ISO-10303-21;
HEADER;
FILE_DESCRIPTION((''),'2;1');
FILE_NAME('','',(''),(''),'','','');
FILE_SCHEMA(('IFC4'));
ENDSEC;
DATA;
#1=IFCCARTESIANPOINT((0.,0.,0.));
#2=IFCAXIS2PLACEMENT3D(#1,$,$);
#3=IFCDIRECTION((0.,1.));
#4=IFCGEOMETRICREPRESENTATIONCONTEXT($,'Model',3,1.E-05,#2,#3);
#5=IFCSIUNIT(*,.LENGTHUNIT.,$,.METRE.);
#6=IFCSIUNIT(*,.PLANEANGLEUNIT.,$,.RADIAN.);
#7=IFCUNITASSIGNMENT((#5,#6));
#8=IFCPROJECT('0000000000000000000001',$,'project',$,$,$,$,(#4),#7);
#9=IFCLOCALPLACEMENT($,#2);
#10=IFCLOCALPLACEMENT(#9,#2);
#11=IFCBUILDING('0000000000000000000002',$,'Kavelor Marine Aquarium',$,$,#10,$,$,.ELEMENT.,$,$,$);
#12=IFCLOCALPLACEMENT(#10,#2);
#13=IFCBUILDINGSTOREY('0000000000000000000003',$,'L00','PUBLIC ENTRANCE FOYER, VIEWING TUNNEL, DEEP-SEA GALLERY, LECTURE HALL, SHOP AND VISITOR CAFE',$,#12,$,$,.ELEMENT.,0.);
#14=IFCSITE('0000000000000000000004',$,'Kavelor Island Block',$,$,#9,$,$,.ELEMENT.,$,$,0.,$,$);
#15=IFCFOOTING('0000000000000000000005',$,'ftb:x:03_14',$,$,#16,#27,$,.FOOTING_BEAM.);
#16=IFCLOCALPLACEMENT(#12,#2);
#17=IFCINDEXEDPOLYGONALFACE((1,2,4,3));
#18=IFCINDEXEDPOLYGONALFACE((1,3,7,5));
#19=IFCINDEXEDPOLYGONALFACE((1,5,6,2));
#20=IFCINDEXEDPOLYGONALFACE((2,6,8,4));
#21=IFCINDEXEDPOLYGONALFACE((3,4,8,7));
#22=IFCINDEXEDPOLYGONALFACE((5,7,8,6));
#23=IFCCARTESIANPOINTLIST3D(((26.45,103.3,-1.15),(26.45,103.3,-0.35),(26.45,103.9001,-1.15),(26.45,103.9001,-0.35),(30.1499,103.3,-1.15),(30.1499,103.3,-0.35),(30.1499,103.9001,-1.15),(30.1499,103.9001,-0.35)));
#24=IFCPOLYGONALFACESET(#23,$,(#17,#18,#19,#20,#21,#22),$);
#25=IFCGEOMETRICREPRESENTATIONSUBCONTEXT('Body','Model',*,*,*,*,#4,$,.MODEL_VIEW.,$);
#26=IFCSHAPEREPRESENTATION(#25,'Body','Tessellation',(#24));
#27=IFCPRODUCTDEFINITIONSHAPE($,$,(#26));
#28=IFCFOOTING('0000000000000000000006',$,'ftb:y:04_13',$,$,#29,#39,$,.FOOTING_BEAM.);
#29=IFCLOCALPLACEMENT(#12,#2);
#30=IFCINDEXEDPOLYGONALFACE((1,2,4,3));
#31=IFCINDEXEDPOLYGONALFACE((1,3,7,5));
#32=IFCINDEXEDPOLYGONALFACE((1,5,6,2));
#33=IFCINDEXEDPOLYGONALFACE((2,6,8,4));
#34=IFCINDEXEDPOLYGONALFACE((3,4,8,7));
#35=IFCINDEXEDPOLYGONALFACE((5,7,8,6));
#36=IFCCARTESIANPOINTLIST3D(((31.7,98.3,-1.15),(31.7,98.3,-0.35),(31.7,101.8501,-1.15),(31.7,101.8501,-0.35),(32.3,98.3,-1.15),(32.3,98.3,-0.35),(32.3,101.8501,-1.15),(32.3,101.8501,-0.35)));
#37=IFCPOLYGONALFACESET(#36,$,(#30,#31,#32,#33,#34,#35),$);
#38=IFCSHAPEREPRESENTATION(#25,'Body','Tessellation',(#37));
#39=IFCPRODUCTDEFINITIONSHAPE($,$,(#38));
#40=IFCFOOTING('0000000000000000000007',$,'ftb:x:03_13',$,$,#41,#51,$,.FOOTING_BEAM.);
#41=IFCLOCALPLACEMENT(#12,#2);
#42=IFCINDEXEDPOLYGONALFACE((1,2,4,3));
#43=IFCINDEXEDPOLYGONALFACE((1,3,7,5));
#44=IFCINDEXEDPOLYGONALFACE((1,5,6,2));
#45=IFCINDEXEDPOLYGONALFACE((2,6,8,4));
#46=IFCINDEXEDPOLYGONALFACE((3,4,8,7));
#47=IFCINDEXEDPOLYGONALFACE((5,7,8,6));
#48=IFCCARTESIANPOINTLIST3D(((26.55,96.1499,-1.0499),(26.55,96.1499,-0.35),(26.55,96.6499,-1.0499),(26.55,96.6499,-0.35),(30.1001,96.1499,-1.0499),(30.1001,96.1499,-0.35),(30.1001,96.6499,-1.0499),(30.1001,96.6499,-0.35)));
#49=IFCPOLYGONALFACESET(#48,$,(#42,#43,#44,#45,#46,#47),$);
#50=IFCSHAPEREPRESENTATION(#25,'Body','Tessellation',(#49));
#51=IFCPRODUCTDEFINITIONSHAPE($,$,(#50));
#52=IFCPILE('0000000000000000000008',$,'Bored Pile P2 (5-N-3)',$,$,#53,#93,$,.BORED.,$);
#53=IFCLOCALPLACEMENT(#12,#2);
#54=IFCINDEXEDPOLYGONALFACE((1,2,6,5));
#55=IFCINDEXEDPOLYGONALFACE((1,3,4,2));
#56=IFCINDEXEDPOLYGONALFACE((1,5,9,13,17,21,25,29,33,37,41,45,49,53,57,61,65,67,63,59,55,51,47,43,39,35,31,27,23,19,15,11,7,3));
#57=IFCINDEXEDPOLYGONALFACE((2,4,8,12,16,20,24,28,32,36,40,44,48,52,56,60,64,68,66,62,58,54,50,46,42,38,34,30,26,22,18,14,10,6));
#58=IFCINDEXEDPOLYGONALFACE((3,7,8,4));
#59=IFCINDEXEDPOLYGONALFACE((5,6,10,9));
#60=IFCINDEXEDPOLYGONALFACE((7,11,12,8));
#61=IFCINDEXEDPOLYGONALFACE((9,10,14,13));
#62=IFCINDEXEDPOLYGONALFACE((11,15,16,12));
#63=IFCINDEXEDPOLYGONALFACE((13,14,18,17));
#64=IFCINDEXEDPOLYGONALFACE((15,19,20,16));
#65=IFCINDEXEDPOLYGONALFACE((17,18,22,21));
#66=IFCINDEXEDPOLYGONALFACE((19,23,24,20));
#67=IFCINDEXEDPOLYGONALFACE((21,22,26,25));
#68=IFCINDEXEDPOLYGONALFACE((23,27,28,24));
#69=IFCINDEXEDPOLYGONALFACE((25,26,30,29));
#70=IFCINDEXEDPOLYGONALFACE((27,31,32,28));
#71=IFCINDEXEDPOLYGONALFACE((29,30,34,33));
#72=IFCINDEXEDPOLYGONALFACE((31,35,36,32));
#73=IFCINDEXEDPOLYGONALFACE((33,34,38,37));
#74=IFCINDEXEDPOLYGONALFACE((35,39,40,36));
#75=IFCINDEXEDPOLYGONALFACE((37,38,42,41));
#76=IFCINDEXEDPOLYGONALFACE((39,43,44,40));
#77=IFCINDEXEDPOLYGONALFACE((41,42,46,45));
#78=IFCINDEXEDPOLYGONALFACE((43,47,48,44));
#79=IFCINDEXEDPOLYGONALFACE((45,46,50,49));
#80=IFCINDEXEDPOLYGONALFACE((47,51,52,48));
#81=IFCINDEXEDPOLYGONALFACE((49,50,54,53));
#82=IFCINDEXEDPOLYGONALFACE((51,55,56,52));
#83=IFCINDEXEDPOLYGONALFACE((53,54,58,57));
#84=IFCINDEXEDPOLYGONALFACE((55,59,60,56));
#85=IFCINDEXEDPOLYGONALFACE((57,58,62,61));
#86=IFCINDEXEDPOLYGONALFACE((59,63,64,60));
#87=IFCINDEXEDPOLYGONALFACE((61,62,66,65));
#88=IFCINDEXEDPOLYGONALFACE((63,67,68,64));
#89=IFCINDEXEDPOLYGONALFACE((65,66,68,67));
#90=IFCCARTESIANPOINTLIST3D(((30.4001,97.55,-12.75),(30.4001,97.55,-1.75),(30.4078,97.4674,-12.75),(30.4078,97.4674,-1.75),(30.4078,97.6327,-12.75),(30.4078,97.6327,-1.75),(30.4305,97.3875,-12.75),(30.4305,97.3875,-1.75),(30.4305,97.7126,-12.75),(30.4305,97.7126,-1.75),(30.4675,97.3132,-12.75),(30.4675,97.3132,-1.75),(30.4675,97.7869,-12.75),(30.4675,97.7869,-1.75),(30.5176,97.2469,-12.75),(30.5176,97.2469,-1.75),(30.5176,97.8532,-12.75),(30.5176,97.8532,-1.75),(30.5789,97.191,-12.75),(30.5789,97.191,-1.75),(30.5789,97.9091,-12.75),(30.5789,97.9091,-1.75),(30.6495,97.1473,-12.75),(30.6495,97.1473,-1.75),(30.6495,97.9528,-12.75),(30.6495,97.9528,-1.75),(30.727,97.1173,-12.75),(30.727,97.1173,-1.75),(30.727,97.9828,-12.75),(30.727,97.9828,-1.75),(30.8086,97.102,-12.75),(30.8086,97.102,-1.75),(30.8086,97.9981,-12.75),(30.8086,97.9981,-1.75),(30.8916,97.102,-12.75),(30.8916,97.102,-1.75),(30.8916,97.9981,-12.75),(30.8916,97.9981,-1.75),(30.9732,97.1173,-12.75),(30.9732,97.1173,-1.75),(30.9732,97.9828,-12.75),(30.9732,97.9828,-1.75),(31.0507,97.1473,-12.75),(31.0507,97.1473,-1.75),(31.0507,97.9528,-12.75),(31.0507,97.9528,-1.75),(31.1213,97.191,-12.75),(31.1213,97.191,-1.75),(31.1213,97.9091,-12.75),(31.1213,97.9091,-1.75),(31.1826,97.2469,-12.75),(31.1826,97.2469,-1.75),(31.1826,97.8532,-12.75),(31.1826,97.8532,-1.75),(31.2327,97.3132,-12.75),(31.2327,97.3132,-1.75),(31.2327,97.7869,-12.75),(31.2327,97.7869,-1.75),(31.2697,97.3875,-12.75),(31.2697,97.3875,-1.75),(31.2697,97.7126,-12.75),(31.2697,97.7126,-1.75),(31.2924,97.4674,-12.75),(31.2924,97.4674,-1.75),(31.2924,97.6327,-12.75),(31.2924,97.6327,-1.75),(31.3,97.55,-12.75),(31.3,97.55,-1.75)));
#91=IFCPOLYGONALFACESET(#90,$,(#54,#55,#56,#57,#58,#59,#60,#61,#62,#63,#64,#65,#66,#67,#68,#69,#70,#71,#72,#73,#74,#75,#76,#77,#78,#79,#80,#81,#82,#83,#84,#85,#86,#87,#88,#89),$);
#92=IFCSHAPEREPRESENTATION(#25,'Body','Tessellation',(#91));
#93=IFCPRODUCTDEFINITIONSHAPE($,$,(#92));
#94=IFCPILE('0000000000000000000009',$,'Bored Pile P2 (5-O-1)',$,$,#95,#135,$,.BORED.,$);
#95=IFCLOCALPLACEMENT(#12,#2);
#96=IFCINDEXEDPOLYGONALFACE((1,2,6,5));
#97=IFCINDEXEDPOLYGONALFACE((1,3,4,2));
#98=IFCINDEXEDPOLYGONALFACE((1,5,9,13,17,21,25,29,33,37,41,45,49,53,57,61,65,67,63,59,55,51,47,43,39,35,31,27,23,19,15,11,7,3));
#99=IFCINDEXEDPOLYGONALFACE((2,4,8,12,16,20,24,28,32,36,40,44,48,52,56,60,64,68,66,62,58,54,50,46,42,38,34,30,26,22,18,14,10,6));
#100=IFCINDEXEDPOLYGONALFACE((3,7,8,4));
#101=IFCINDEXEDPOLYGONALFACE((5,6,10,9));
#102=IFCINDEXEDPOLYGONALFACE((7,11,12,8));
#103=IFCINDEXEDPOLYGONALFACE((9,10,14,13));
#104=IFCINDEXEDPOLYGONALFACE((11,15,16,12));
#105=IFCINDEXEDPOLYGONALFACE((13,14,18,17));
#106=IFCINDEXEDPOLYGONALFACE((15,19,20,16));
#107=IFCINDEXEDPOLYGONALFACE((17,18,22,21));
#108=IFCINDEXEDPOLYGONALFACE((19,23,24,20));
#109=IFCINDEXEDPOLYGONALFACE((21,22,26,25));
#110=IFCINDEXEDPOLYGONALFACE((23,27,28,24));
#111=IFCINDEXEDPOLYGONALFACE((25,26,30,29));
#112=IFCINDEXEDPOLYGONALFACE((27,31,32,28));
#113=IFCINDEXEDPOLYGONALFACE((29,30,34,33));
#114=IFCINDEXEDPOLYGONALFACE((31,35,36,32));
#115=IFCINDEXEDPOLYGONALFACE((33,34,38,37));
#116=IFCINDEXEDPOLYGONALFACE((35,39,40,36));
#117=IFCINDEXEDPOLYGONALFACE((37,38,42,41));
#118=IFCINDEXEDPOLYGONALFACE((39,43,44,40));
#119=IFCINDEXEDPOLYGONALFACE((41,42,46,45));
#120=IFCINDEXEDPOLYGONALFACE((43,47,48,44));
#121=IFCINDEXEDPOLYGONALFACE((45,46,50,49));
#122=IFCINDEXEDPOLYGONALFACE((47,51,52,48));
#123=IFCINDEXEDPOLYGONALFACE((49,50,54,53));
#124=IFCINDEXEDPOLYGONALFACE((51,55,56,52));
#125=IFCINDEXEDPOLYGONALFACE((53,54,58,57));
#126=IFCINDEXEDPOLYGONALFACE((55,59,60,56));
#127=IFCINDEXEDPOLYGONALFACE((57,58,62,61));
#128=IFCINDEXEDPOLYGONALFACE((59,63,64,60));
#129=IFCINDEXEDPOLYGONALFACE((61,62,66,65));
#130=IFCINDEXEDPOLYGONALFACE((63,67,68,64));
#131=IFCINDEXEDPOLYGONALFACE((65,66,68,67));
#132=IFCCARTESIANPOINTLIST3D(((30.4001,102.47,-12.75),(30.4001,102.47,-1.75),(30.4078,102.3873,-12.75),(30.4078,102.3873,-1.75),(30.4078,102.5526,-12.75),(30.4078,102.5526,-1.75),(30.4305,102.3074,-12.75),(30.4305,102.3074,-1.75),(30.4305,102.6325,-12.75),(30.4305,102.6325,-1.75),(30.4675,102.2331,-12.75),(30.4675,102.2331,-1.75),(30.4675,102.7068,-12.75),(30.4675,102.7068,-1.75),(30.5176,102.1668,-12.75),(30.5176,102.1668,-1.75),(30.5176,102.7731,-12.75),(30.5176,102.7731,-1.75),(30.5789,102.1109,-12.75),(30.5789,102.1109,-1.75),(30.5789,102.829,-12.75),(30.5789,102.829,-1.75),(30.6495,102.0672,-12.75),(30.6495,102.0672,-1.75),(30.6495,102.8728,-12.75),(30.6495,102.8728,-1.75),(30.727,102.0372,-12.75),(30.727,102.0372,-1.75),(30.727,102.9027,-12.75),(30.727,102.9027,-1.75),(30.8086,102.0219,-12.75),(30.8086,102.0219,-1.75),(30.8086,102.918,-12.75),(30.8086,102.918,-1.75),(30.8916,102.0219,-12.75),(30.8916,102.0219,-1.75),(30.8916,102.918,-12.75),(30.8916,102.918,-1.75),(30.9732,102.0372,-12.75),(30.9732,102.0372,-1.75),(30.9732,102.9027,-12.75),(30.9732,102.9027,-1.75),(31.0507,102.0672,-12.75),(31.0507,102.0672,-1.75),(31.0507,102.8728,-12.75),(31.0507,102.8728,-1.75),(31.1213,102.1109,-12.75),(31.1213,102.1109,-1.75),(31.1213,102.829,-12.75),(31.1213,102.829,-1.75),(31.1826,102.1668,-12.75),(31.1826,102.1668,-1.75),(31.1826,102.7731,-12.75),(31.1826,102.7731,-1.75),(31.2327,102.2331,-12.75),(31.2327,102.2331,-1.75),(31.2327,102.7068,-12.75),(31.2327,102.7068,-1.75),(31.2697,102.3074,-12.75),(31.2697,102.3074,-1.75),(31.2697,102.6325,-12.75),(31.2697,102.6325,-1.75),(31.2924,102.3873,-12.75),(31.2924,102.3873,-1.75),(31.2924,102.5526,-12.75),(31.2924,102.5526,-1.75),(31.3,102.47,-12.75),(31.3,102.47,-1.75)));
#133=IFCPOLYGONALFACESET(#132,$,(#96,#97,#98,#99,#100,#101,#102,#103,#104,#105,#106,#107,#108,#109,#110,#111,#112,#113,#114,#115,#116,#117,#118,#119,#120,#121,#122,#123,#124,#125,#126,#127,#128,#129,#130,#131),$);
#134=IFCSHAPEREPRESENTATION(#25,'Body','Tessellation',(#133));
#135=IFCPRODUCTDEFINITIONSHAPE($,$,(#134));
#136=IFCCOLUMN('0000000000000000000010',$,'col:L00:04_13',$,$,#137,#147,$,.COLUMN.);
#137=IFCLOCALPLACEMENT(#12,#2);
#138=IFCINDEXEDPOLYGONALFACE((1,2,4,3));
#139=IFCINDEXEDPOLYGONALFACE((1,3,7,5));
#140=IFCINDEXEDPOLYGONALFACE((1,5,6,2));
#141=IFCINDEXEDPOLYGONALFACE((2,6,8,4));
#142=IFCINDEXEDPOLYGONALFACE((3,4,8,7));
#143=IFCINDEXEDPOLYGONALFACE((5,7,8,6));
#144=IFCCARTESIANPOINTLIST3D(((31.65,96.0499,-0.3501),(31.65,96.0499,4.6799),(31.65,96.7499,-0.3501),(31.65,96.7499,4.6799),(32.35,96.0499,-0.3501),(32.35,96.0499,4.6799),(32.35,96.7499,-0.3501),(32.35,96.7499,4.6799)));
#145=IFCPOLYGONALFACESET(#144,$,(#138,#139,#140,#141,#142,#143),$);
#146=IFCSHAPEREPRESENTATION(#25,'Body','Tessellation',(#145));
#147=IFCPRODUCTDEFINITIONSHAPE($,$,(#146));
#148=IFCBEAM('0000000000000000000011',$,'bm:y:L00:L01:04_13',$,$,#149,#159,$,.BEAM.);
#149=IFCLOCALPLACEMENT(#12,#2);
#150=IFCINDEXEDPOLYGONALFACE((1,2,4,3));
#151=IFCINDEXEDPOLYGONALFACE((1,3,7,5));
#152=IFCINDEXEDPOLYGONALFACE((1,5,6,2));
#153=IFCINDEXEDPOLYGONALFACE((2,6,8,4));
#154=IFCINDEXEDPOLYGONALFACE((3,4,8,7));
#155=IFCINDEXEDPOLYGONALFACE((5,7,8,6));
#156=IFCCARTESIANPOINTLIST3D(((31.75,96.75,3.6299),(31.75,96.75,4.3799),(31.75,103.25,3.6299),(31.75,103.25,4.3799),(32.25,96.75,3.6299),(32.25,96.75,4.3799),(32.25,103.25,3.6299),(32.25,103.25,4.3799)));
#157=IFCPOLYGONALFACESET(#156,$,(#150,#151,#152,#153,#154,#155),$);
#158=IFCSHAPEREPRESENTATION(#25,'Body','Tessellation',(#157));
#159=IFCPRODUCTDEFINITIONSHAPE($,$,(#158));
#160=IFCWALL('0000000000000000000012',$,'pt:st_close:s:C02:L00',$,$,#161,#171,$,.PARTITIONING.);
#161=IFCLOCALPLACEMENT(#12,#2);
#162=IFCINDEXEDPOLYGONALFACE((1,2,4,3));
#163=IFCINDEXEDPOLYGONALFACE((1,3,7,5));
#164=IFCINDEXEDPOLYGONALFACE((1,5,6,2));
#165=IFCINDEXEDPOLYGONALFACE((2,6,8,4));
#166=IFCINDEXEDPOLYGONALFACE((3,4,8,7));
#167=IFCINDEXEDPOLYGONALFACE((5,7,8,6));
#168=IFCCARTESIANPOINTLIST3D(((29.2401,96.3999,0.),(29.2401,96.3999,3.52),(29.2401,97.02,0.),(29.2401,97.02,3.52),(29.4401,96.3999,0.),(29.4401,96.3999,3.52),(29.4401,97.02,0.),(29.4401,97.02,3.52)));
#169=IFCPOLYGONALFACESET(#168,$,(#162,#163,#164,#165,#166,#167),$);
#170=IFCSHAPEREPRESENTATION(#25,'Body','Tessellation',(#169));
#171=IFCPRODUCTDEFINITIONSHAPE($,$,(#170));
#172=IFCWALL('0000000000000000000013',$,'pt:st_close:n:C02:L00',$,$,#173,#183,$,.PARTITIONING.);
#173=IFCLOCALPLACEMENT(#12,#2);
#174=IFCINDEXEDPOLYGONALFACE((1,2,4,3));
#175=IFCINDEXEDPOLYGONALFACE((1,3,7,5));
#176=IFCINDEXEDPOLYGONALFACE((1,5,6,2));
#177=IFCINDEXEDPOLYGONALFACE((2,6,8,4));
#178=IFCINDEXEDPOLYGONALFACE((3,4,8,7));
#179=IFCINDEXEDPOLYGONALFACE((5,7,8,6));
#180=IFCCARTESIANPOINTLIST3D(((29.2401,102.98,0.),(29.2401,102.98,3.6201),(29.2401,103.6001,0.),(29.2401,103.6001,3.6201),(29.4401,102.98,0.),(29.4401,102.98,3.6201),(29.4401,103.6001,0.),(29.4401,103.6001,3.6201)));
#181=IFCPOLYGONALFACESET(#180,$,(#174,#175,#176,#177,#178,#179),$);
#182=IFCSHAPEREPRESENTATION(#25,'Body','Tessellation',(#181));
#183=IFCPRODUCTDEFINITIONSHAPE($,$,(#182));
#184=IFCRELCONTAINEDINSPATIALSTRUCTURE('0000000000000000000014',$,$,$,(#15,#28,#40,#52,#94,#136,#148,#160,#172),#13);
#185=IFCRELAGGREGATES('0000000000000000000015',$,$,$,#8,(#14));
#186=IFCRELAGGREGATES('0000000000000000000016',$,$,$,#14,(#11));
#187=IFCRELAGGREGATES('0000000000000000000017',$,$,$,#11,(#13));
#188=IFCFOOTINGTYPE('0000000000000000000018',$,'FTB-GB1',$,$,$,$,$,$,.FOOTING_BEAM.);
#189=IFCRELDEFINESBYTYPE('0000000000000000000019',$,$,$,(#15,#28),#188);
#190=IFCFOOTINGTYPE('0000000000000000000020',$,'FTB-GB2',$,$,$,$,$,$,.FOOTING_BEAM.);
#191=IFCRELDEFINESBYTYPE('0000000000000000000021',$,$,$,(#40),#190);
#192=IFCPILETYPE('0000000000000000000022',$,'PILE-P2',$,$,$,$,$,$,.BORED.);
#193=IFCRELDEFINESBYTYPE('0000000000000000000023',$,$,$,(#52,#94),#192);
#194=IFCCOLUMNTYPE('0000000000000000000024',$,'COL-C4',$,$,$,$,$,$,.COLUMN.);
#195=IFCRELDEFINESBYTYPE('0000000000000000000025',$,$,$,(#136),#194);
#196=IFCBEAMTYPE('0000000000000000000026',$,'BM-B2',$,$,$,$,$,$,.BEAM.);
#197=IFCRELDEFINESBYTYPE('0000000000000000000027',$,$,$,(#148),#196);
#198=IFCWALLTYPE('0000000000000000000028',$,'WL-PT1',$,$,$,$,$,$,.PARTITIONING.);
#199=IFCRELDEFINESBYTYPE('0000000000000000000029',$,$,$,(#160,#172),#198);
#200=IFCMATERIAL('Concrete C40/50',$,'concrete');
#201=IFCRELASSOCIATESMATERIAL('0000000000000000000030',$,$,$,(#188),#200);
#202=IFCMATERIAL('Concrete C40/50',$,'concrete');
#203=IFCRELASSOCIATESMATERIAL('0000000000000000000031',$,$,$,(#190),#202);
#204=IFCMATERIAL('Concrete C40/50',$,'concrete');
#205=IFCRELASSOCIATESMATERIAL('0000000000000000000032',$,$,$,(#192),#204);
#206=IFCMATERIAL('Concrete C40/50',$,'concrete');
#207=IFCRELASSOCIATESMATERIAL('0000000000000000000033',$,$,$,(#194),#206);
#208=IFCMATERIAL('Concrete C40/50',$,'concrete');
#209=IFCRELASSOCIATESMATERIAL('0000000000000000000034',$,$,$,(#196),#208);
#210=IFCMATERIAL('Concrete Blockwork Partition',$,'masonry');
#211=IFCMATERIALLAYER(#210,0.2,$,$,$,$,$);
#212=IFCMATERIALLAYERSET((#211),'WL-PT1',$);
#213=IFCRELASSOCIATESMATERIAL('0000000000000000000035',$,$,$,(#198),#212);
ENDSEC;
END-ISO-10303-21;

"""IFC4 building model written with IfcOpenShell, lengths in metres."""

from ifc_helpers import new_model, si_unit, direction, frame, frame_2d, origin, origin_2d, place, context, subcontext, project, spatial, rectangle, circle, extrude, material, layer, layer_set, material_profile, profile_set, type_object, element, save


model = new_model("IFC4")

# Units and contexts
model_context = context("Model", 3, precision=1e-05, world=origin(), true_north=direction((0.0, 1.0)))
body_context = subcontext(model_context, "Body", "Model", "MODEL_VIEW")
ifc_project = project(units=[si_unit("LENGTHUNIT", "METRE"), si_unit("PLANEANGLEUNIT", "RADIAN")], contexts=[model_context])

# Site, building, storey
site_placement = place(None, origin())
site = spatial("IfcSite", under=ifc_project, at=site_placement, Name="Kavelor Island Block", CompositionType="ELEMENT", RefElevation=0.0)
building_placement = place(site_placement, origin())
building = spatial("IfcBuilding", under=site, at=building_placement, Name="Kavelor Marine Aquarium", CompositionType="ELEMENT")
storey_placement = place(building_placement, origin())
storey = spatial("IfcBuildingStorey", under=building, at=storey_placement, Name="L00", Description="PUBLIC ENTRANCE FOYER, VIEWING TUNNEL, DEEP-SEA GALLERY, LECTURE HALL, SHOP AND VISITOR CAFE", CompositionType="ELEMENT", Elevation=0.0)

# Footings
ifc_material_1 = material(Name="Concrete C40/50", Category="concrete")
ifc_material_profile_1 = material_profile(ifc_material_1, rectangle(XDim=0.6001, YDim=0.8, at=origin_2d()), Name="GB 600x800")
ifc_profile_set_1 = profile_set([ifc_material_profile_1], Name="Concrete C40/50")
footing_type_1 = type_object("IfcFootingType", Name="FTB-GB1", PredefinedType="FOOTING_BEAM", material=ifc_profile_set_1)
footing_1_placement = place(storey_placement, frame((26.45, 103.6001, -0.75), z_axis=(1.0, 0.0, 0.0), x_axis=(0.0, 1.0, 0.0)))
element("IfcFooting", 1, at=footing_1_placement, inside=storey, type_object=footing_type_1, Name="ftb:x:03_14", PredefinedType="FOOTING_BEAM", context=body_context, shape_type="SweptSolid", body=[
    extrude(rectangle(XDim=0.6001, YDim=0.8, at=origin_2d()), origin(), (0.0, 0.0, 1.0), 3.7),
])
footing_2_placement = place(storey_placement, frame((32.0, 98.3, -0.75), z_axis=(0.0, 1.0, 0.0), x_axis=(-1.0, 0.0, 0.0)))
element("IfcFooting", 2, at=footing_2_placement, inside=storey, type_object=footing_type_1, Name="ftb:y:04_13", PredefinedType="FOOTING_BEAM", context=body_context, shape_type="SweptSolid", body=[
    extrude(rectangle(XDim=0.6001, YDim=0.8, at=origin_2d()), origin(), (0.0, 0.0, 1.0), 3.55),
])
ifc_material_2 = material(Name="Concrete C40/50", Category="concrete")
ifc_material_profile_2 = material_profile(ifc_material_2, rectangle(XDim=0.5, YDim=0.7, at=origin_2d()), Name="GB 500x700")
ifc_profile_set_2 = profile_set([ifc_material_profile_2], Name="Concrete C40/50")
footing_type_2 = type_object("IfcFootingType", Name="FTB-GB2", PredefinedType="FOOTING_BEAM", material=ifc_profile_set_2)
footing_3_placement = place(storey_placement, frame((26.55, 96.3999, -0.7), z_axis=(1.0, 0.0, 0.0), x_axis=(0.0, 1.0, 0.0)))
element("IfcFooting", 3, at=footing_3_placement, inside=storey, type_object=footing_type_2, Name="ftb:x:03_13", PredefinedType="FOOTING_BEAM", context=body_context, shape_type="SweptSolid", body=[
    extrude(rectangle(XDim=0.5, YDim=0.7, at=origin_2d()), origin(), (0.0, 0.0, 1.0), 3.55),
])

# Piles
ifc_material_3 = material(Name="Concrete C40/50", Category="concrete")
ifc_material_profile_3 = material_profile(ifc_material_3, circle(Radius=0.45, at=origin_2d()), Name="PILE D900")
ifc_profile_set_3 = profile_set([ifc_material_profile_3], Name="Concrete C40/50")
pile_type = type_object("IfcPileType", Name="PILE-P2", PredefinedType="BORED", material=ifc_profile_set_3)
for number, where, z_axis, x_axis, name in (
    (4, (30.8501, 97.55, -1.75), (0.0, 0.0, -1.0), (1.0, 0.0, 0.0), "Bored Pile P2 (5-N-3)"),
    (5, (30.8501, 102.47, -1.75), (0.0, 0.0, -1.0), (1.0, 0.0, 0.0), "Bored Pile P2 (5-O-1)"),
):
    element("IfcPile", number, at=place(storey_placement, frame(where, z_axis=z_axis, x_axis=x_axis)), inside=storey, type_object=pile_type, Name=name, PredefinedType="BORED", context=body_context, shape_type="SweptSolid", body=[
        extrude(circle(Radius=0.45, at=origin_2d()), origin(), (0.0, 0.0, 1.0), 11.0),
    ])

# Column
ifc_material_4 = material(Name="Concrete C40/50", Category="concrete")
ifc_material_profile_4 = material_profile(ifc_material_4, rectangle(XDim=0.7, YDim=0.7, at=origin_2d()), Name="RC-COL 700x700")
ifc_profile_set_4 = profile_set([ifc_material_profile_4], Name="Concrete C40/50")
column_type = type_object("IfcColumnType", Name="COL-C4", PredefinedType="COLUMN", material=ifc_profile_set_4)
column_placement = place(storey_placement, frame((32.0, 96.3999, -0.3501), z_axis=(0.0, 0.0, 1.0), x_axis=(1.0, 0.0, 0.0)))
element("IfcColumn", 6, at=column_placement, inside=storey, type_object=column_type, Name="col:L00:04_13", PredefinedType="COLUMN", context=body_context, shape_type="SweptSolid", body=[
    extrude(rectangle(XDim=0.7, YDim=0.7, at=origin_2d()), origin(), (0.0, 0.0, 1.0), 5.03),
])

# Beam
ifc_material_5 = material(Name="Concrete C40/50", Category="concrete")
ifc_material_profile_5 = material_profile(ifc_material_5, rectangle(XDim=0.5, YDim=0.75, at=origin_2d()), Name="RC-BM 500x750")
ifc_profile_set_5 = profile_set([ifc_material_profile_5], Name="Concrete C40/50")
beam_type = type_object("IfcBeamType", Name="BM-B2", PredefinedType="BEAM", material=ifc_profile_set_5)
beam_placement = place(storey_placement, frame((32.0, 96.75, 4.0049), z_axis=(0.0, 1.0, 0.0), x_axis=(-1.0, 0.0, 0.0)))
element("IfcBeam", 7, at=beam_placement, inside=storey, type_object=beam_type, Name="bm:y:L00:L01:04_13", PredefinedType="BEAM", context=body_context, shape_type="SweptSolid", body=[
    extrude(rectangle(XDim=0.5, YDim=0.75, at=origin_2d()), origin(), (0.0, 0.0, 1.0), 6.5),
])

# Walls
ifc_material_6 = material(Name="Concrete Blockwork Partition", Category="masonry")
ifc_layer_1 = layer(ifc_material_6, 0.2)
ifc_layer_set_1 = layer_set([ifc_layer_1], Name="WL-PT1")
wall_type_1 = type_object("IfcWallType", Name="WL-PT1", PredefinedType="PARTITIONING", material=ifc_layer_set_1)
wall_1_placement = place(storey_placement, frame((29.3401, 96.3999, 0.0), z_axis=(0.0, 0.0, 1.0), x_axis=(0.0, 1.0, 0.0)))
element("IfcWall", 8, at=wall_1_placement, inside=storey, type_object=wall_type_1, Name="pt:st_close:s:C02:L00", PredefinedType="PARTITIONING", context=body_context, shape_type="SweptSolid", body=[
    extrude(rectangle(XDim=0.6201, YDim=0.2, at=frame_2d((0.3101, 0.0))), origin(), (0.0, 0.0, 1.0), 3.52),
])
wall_2_placement = place(storey_placement, frame((29.3401, 102.98, 0.0), z_axis=(0.0, 0.0, 1.0), x_axis=(0.0, 1.0, 0.0)))
element("IfcWall", 9, at=wall_2_placement, inside=storey, type_object=wall_type_1, Name="pt:st_close:n:C02:L00", PredefinedType="PARTITIONING", context=body_context, shape_type="SweptSolid", body=[
    extrude(rectangle(XDim=0.6201, YDim=0.2, at=frame_2d((0.3101, 0.0))), origin(), (0.0, 0.0, 1.0), 3.6201),
])

save(model, "model.ifc")
